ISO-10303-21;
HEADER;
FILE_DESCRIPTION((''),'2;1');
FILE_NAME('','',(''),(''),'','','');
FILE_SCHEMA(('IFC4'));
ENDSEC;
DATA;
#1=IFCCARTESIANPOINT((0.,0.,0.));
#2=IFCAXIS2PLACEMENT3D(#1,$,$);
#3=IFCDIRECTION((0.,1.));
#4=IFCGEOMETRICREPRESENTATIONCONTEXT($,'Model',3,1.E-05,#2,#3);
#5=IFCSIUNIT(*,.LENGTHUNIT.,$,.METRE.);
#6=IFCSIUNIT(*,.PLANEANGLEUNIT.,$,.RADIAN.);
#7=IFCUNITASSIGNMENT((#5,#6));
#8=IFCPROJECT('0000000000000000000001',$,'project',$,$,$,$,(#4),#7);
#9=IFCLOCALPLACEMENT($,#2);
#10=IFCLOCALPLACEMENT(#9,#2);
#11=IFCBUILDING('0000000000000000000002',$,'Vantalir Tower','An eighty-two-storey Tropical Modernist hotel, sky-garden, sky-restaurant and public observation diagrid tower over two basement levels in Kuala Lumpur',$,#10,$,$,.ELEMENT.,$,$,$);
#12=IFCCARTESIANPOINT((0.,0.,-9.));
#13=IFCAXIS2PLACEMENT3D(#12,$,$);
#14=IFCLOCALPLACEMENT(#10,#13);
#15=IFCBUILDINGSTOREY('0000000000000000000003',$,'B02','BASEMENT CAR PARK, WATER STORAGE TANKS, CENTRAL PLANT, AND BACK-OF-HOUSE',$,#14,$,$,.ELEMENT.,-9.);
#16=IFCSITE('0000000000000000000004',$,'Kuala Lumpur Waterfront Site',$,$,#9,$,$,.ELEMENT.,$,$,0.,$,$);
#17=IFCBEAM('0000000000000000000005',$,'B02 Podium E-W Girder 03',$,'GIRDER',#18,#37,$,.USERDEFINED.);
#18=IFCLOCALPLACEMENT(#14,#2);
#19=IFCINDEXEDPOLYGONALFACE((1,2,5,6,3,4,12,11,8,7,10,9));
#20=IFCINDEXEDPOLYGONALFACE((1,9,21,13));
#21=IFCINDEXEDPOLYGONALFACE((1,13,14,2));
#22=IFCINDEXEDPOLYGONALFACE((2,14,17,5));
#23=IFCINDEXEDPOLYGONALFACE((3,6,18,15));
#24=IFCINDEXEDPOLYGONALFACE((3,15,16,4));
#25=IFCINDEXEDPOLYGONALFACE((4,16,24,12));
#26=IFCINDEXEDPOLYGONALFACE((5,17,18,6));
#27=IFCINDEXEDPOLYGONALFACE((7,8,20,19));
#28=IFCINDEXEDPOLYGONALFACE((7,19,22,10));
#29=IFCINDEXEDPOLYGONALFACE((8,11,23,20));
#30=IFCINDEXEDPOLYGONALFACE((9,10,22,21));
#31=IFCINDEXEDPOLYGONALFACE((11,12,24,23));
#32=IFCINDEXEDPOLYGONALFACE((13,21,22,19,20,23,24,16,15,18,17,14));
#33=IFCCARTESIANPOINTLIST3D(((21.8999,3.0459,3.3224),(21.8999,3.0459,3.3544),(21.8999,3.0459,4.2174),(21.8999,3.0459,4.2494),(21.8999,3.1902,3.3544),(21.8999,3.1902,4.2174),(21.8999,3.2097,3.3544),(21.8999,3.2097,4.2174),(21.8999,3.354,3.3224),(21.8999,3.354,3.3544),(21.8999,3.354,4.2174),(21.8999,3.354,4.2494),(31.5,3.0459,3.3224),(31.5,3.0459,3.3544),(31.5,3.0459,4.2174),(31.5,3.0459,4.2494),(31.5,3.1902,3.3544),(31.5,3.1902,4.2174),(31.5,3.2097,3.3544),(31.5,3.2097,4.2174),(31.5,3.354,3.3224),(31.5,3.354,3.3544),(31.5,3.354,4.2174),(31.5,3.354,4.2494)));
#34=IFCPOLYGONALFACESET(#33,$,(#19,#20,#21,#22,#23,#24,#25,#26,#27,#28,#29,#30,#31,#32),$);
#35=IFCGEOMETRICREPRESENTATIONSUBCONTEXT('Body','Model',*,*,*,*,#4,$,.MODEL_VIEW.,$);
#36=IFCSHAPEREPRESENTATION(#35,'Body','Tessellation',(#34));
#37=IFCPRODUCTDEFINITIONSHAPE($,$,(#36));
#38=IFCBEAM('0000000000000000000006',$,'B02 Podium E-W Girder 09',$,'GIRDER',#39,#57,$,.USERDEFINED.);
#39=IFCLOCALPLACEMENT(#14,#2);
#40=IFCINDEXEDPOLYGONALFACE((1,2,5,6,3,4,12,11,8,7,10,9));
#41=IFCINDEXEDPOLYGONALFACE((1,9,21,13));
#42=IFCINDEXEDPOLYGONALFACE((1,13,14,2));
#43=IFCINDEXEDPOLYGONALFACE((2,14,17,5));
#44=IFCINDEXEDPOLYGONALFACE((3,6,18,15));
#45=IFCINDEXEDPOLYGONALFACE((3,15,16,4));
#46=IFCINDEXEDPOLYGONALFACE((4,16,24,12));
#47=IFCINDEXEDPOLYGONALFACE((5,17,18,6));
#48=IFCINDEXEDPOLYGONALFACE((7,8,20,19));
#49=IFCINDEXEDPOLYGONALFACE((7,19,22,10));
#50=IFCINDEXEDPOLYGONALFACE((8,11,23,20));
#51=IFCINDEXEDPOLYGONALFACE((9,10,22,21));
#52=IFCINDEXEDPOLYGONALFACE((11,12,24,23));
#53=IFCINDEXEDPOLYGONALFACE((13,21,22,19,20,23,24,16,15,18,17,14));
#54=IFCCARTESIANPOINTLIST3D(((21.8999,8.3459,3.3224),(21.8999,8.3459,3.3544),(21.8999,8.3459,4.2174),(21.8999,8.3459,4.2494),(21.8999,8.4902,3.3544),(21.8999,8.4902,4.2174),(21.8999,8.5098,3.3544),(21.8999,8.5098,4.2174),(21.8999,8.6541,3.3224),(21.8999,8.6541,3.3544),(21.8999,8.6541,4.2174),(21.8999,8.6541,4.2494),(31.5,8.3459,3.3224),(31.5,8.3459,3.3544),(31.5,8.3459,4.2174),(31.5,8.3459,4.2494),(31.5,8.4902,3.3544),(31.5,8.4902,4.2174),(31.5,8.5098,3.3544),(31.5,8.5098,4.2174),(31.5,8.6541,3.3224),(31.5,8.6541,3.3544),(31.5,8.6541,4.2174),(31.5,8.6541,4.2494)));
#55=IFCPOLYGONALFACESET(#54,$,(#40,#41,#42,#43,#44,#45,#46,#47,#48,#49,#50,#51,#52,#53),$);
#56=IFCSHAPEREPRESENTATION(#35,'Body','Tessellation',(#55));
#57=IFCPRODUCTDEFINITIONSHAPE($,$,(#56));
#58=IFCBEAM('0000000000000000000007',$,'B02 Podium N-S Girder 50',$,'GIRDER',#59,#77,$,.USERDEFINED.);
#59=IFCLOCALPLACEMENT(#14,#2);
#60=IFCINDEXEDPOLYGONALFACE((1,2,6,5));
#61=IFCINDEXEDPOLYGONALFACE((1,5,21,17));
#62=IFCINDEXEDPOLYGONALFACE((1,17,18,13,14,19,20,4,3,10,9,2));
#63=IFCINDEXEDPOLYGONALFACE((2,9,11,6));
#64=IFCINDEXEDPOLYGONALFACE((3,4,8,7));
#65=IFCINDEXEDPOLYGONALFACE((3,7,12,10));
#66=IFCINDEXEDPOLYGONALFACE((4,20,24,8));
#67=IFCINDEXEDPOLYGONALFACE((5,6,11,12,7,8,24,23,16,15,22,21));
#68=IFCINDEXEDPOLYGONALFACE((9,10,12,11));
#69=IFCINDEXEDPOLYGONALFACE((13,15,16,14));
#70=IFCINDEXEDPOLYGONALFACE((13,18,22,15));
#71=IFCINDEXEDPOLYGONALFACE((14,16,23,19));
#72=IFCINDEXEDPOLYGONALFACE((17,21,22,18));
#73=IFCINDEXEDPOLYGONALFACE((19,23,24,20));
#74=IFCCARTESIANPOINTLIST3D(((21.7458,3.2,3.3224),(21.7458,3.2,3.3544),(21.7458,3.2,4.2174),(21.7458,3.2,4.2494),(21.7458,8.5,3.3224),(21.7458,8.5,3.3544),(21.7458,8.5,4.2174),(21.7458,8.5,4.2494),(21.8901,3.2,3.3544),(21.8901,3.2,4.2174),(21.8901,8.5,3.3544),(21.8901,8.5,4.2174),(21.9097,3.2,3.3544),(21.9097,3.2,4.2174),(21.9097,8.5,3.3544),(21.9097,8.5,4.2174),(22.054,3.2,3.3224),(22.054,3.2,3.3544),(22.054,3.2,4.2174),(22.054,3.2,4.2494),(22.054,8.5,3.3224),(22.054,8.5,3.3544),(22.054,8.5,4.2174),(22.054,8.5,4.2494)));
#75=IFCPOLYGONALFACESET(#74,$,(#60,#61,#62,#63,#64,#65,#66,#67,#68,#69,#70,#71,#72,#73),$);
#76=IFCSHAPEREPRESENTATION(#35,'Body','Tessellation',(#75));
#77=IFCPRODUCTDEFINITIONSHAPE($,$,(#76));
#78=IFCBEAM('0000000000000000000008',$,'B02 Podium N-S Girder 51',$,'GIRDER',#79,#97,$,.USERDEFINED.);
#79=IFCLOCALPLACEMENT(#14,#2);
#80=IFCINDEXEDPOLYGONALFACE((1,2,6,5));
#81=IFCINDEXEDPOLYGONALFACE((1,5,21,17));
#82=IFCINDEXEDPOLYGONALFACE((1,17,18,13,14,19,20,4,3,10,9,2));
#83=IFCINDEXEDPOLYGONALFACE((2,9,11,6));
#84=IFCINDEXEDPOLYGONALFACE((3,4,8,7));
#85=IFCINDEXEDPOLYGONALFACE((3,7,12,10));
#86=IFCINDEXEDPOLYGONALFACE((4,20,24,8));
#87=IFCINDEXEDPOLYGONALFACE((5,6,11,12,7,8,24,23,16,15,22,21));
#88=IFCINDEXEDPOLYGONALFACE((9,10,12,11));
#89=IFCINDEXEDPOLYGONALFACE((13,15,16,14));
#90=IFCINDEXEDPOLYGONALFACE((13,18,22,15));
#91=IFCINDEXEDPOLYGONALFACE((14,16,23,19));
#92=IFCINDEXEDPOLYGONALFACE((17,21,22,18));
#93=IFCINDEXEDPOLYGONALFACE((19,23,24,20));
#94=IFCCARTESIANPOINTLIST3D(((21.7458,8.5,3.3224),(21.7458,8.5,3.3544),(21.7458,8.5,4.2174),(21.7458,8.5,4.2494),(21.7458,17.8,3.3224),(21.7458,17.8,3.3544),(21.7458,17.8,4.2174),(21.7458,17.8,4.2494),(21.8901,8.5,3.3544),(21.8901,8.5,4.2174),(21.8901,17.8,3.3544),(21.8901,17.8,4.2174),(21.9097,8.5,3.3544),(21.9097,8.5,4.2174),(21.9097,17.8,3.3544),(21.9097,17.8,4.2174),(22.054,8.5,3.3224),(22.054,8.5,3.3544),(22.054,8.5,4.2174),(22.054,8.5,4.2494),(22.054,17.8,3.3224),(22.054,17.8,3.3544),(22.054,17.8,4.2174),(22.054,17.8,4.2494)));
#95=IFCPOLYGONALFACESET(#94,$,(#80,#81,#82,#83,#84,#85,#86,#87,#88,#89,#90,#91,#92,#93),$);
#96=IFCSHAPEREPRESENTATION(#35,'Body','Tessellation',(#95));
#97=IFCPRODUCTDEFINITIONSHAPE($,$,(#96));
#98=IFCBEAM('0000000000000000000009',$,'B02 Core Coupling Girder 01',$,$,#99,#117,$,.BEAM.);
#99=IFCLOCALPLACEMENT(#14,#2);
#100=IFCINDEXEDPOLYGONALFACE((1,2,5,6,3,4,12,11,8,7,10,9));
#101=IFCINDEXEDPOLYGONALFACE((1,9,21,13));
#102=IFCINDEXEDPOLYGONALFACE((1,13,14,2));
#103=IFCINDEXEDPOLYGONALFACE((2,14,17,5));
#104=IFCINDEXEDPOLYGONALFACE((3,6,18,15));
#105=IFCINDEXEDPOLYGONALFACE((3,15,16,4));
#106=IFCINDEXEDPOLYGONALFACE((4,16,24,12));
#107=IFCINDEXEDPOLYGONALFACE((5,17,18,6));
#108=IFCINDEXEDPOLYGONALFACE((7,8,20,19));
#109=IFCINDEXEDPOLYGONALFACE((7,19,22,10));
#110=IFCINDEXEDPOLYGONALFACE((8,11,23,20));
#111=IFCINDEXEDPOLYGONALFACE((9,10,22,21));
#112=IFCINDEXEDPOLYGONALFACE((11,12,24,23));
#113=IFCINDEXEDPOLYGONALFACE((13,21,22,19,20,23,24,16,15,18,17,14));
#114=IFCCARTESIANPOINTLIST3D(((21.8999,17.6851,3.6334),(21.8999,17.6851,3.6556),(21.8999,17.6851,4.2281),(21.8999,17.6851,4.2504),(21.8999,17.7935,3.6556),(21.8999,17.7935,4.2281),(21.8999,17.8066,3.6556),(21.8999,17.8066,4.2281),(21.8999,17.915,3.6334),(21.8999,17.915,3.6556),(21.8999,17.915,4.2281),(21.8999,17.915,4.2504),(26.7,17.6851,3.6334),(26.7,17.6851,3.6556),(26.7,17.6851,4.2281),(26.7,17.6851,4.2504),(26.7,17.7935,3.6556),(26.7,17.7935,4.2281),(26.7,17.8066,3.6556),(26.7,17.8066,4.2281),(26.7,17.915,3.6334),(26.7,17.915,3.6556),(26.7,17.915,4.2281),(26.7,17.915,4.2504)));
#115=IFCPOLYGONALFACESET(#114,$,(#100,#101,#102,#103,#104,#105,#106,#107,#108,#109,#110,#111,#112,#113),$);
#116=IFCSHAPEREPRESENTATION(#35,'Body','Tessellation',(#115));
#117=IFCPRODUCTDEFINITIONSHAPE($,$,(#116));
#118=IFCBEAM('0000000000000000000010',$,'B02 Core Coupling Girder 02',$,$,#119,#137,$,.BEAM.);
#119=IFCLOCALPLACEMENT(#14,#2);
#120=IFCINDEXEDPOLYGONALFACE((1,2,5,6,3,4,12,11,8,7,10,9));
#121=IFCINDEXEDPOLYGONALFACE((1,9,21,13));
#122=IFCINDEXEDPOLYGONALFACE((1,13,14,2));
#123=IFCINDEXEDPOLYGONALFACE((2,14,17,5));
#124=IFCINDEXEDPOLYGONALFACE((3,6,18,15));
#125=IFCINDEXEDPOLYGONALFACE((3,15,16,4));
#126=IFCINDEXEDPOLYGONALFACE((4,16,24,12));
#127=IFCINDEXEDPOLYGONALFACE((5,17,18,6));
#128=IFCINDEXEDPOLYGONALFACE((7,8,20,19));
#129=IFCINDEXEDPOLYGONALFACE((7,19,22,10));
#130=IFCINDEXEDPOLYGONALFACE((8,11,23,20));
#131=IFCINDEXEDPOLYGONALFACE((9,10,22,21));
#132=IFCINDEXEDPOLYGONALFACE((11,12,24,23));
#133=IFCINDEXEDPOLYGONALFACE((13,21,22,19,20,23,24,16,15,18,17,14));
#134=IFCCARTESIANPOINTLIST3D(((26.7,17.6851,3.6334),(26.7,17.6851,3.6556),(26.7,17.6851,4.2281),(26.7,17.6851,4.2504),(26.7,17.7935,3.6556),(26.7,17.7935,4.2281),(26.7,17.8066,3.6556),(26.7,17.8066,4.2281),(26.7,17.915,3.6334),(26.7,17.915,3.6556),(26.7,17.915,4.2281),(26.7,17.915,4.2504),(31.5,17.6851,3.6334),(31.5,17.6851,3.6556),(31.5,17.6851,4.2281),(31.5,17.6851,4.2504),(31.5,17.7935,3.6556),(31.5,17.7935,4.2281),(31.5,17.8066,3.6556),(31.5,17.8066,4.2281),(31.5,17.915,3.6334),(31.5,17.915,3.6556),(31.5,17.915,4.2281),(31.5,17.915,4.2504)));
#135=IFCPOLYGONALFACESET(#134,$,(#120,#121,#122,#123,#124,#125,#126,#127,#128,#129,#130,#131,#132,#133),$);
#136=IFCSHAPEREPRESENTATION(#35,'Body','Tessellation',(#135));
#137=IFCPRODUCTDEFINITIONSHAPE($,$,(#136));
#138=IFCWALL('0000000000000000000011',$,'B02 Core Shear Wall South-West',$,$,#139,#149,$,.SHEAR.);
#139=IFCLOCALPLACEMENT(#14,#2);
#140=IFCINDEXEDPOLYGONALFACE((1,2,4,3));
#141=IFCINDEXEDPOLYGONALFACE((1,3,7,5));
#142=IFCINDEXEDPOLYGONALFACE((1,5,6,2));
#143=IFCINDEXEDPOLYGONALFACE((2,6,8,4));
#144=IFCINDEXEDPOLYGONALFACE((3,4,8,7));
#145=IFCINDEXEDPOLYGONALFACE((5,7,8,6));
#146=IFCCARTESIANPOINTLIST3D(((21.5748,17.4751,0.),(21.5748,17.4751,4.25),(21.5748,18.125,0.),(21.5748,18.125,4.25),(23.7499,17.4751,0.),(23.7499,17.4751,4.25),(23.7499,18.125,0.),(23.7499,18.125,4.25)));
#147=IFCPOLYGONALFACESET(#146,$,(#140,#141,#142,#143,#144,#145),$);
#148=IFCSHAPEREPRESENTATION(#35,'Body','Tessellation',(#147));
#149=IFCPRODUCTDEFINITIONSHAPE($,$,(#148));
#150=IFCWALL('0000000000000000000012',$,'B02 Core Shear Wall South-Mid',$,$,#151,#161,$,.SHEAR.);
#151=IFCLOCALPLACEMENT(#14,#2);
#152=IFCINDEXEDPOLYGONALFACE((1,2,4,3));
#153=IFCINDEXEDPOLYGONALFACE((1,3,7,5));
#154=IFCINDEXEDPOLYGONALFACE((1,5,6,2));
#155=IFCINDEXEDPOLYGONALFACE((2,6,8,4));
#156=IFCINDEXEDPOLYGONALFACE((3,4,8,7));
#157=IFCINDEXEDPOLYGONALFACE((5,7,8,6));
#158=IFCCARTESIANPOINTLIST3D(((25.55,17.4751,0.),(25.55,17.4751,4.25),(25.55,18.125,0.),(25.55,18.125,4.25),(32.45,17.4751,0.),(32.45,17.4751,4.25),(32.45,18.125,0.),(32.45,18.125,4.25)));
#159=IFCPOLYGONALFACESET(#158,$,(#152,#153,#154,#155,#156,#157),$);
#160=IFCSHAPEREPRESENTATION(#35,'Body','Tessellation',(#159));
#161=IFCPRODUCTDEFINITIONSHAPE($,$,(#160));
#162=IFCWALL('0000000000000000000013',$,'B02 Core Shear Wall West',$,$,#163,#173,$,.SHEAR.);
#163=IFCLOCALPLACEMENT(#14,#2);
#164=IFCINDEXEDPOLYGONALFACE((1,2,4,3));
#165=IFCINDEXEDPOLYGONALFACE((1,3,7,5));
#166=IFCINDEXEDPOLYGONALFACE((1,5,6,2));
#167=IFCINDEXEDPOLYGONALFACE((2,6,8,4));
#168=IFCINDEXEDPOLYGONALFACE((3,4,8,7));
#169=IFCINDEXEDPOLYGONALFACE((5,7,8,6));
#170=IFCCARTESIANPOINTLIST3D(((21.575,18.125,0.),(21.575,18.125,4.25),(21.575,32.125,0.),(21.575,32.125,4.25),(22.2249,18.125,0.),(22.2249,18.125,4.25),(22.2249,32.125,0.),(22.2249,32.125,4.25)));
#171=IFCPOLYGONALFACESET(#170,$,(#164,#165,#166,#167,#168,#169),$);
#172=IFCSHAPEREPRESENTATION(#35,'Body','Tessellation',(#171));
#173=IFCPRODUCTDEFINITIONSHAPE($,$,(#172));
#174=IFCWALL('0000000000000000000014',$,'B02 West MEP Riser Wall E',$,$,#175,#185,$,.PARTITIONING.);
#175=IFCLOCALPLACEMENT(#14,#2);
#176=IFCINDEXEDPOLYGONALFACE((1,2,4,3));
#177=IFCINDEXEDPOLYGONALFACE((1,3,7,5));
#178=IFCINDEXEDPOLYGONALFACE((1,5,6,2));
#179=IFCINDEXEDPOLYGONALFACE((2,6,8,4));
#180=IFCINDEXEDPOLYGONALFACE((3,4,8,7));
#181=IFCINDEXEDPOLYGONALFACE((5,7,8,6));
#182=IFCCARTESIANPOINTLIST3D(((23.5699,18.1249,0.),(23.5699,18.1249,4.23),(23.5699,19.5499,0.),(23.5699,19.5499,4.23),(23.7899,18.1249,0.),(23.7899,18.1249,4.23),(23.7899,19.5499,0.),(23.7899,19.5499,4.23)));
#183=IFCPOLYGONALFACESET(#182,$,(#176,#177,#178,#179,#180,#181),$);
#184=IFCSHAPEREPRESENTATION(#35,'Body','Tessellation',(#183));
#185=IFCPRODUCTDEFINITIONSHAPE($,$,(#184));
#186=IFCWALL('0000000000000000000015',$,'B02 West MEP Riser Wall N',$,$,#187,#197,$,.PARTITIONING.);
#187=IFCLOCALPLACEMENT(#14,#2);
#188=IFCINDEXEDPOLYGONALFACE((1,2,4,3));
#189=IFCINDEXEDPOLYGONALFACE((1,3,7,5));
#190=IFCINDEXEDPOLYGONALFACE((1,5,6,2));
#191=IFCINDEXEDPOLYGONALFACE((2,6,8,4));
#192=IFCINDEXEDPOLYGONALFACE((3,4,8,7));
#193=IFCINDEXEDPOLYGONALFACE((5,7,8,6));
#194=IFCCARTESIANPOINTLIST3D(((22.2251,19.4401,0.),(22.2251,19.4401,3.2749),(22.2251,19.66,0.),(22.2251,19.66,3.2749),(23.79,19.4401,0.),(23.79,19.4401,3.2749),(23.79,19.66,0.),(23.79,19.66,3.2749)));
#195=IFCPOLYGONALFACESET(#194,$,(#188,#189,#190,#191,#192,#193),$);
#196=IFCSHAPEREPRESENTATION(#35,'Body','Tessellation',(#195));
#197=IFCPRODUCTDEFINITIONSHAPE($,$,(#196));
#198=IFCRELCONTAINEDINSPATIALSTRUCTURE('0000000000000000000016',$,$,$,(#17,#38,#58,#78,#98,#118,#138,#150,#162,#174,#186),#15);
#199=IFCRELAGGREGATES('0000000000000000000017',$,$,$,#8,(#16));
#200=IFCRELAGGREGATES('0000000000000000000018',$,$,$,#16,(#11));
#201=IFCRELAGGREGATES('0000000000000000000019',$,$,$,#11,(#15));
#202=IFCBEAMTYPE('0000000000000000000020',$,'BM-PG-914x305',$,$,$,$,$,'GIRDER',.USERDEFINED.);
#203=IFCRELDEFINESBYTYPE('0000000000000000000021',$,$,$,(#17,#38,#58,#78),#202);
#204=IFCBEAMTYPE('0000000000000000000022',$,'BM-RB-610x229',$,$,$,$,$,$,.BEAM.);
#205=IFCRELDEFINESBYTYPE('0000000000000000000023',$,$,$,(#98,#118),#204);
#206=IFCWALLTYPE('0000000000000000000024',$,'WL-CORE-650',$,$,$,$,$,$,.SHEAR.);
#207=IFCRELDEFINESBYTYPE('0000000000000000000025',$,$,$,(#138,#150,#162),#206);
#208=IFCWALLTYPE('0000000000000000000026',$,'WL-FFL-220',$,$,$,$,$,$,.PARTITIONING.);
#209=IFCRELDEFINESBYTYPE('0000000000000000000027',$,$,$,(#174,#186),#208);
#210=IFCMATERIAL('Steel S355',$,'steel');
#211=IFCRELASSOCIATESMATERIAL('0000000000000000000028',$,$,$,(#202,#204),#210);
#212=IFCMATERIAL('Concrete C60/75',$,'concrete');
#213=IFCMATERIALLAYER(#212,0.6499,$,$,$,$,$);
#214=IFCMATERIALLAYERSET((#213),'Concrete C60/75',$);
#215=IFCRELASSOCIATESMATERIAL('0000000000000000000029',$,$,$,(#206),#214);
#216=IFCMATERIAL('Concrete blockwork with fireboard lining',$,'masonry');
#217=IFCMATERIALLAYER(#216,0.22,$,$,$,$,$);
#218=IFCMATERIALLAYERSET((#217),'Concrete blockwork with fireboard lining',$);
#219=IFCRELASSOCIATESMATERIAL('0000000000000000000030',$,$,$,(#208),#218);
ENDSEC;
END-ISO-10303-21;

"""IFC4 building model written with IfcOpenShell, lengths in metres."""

from ifc_helpers import new_model, si_unit, direction, frame, frame_2d, origin, origin_2d, place, context, subcontext, project, spatial, rectangle, i_section, extrude, material, layer, layer_set, material_profile, profile_set, type_object, element, save


model = new_model("IFC4")

# Units and contexts
model_context = context("Model", 3, precision=1e-05, world=origin(), true_north=direction((0.0, 1.0)))
body_context = subcontext(model_context, "Body", "Model", "MODEL_VIEW")
ifc_project = project(units=[si_unit("LENGTHUNIT", "METRE"), si_unit("PLANEANGLEUNIT", "RADIAN")], contexts=[model_context])

# Site, building, storey
site_placement = place(None, origin())
site = spatial("IfcSite", under=ifc_project, at=site_placement, Name="Kuala Lumpur Waterfront Site", CompositionType="ELEMENT", RefElevation=0.0)
building_placement = place(site_placement, origin())
building = spatial("IfcBuilding", under=site, at=building_placement, Name="Vantalir Tower", Description="An eighty-two-storey Tropical Modernist hotel, sky-garden, sky-restaurant and public observation diagrid tower over two basement levels in Kuala Lumpur", CompositionType="ELEMENT")
storey_placement = place(building_placement, frame((0.0, 0.0, -9.0)))
storey = spatial("IfcBuildingStorey", under=building, at=storey_placement, Name="B02", Description="BASEMENT CAR PARK, WATER STORAGE TANKS, CENTRAL PLANT, AND BACK-OF-HOUSE", CompositionType="ELEMENT", Elevation=-9.0)

# Shared definitions
ifc_material_1 = material(Name="Concrete C60/75", Category="concrete")

# Beams
ifc_material_2 = material(Name="Steel S355", Category="steel")
ifc_material_profile_1 = material_profile(ifc_material_2, i_section(OverallWidth=0.3081, OverallDepth=0.927, WebThickness=0.0195, FlangeThickness=0.032, at=origin_2d()), Name="Steel S355")
ifc_profile_set_1 = profile_set([ifc_material_profile_1], Name="Steel S355")
beam_type_1 = type_object("IfcBeamType", Name="BM-PG-914x305", ElementType="GIRDER", PredefinedType="USERDEFINED", material=ifc_profile_set_1)
for number, where, z_axis, x_axis, name in (
    (1, (21.8999, 3.2, 3.7859), (1.0, 0.0, 0.0), (0.0, 1.0, 0.0), "B02 Podium E-W Girder 03"),
    (2, (21.8999, 8.5, 3.7859), (1.0, 0.0, 0.0), (0.0, 1.0, 0.0), "B02 Podium E-W Girder 09"),
):
    element("IfcBeam", number, at=place(storey_placement, frame(where, z_axis=z_axis, x_axis=x_axis)), inside=storey, type_object=beam_type_1, Name=name, ObjectType="GIRDER", PredefinedType="USERDEFINED", context=body_context, shape_type="SweptSolid", body=[
        extrude(i_section(OverallWidth=0.3081, OverallDepth=0.927, WebThickness=0.0195, FlangeThickness=0.032, at=origin_2d()), origin(), (0.0, 0.0, 1.0), 9.6001),
    ])
beam_1_placement = place(storey_placement, frame((21.8999, 3.2, 3.7859), z_axis=(0.0, 1.0, 0.0), x_axis=(-1.0, 0.0, 0.0)))
element("IfcBeam", 3, at=beam_1_placement, inside=storey, type_object=beam_type_1, Name="B02 Podium N-S Girder 50", ObjectType="GIRDER", PredefinedType="USERDEFINED", context=body_context, shape_type="SweptSolid", body=[
    extrude(i_section(OverallWidth=0.3081, OverallDepth=0.927, WebThickness=0.0195, FlangeThickness=0.032, at=origin_2d()), origin(), (0.0, 0.0, 1.0), 5.3),
])
beam_2_placement = place(storey_placement, frame((21.8999, 8.5, 3.7859), z_axis=(0.0, 1.0, 0.0), x_axis=(-1.0, 0.0, 0.0)))
element("IfcBeam", 4, at=beam_2_placement, inside=storey, type_object=beam_type_1, Name="B02 Podium N-S Girder 51", ObjectType="GIRDER", PredefinedType="USERDEFINED", context=body_context, shape_type="SweptSolid", body=[
    extrude(i_section(OverallWidth=0.3081, OverallDepth=0.927, WebThickness=0.0195, FlangeThickness=0.032, at=origin_2d()), origin(), (0.0, 0.0, 1.0), 9.3),
])
ifc_material_profile_2 = material_profile(ifc_material_2, i_section(OverallWidth=0.23, OverallDepth=0.6169, WebThickness=0.0132, FlangeThickness=0.0222, at=origin_2d()), Name="Steel S355")
ifc_profile_set_2 = profile_set([ifc_material_profile_2], Name="Steel S355")
beam_type_2 = type_object("IfcBeamType", Name="BM-RB-610x229", PredefinedType="BEAM", material=ifc_profile_set_2)
for number, where, z_axis, x_axis, name in (
    (5, (21.8999, 17.8, 3.9419), (1.0, 0.0, 0.0), (0.0, 1.0, 0.0), "B02 Core Coupling Girder 01"),
    (6, (26.7, 17.8, 3.9419), (1.0, 0.0, 0.0), (0.0, 1.0, 0.0), "B02 Core Coupling Girder 02"),
):
    element("IfcBeam", number, at=place(storey_placement, frame(where, z_axis=z_axis, x_axis=x_axis)), inside=storey, type_object=beam_type_2, Name=name, PredefinedType="BEAM", context=body_context, shape_type="SweptSolid", body=[
        extrude(i_section(OverallWidth=0.23, OverallDepth=0.6169, WebThickness=0.0132, FlangeThickness=0.0222, at=origin_2d()), origin(), (0.0, 0.0, 1.0), 4.8),
    ])

# Walls
ifc_layer_1 = layer(ifc_material_1, 0.6499)
ifc_layer_set_1 = layer_set([ifc_layer_1], Name="Concrete C60/75")
wall_type_1 = type_object("IfcWallType", Name="WL-CORE-650", PredefinedType="SHEAR", material=ifc_layer_set_1)
wall_1_placement = place(storey_placement, frame((21.575, 17.8, 0.0), z_axis=(0.0, 0.0, 1.0), x_axis=(1.0, 0.0, 0.0)))
element("IfcWall", 7, at=wall_1_placement, inside=storey, type_object=wall_type_1, Name="B02 Core Shear Wall South-West", PredefinedType="SHEAR", context=body_context, shape_type="SweptSolid", body=[
    extrude(rectangle(XDim=2.175, YDim=0.6499, at=frame_2d((1.0874, 0.0))), origin(), (0.0, 0.0, 1.0), 4.25),
])
wall_2_placement = place(storey_placement, frame((25.55, 17.8, 0.0), z_axis=(0.0, 0.0, 1.0), x_axis=(1.0, 0.0, 0.0)))
element("IfcWall", 8, at=wall_2_placement, inside=storey, type_object=wall_type_1, Name="B02 Core Shear Wall South-Mid", PredefinedType="SHEAR", context=body_context, shape_type="SweptSolid", body=[
    extrude(rectangle(XDim=6.8999, YDim=0.6499, at=frame_2d((3.45, 0.0))), origin(), (0.0, 0.0, 1.0), 4.25),
])
wall_3_placement = place(storey_placement, frame((21.8999, 18.125, 0.0), z_axis=(0.0, 0.0, 1.0), x_axis=(0.0, 1.0, 0.0)))
element("IfcWall", 9, at=wall_3_placement, inside=storey, type_object=wall_type_1, Name="B02 Core Shear Wall West", PredefinedType="SHEAR", context=body_context, shape_type="SweptSolid", body=[
    extrude(rectangle(XDim=14.0, YDim=0.6499, at=frame_2d((7.0, 0.0))), origin(), (0.0, 0.0, 1.0), 4.25),
])
ifc_material_3 = material(Name="Concrete blockwork with fireboard lining", Category="masonry")
ifc_layer_2 = layer(ifc_material_3, 0.22)
ifc_layer_set_2 = layer_set([ifc_layer_2], Name="Concrete blockwork with fireboard lining")
wall_type_2 = type_object("IfcWallType", Name="WL-FFL-220", PredefinedType="PARTITIONING", material=ifc_layer_set_2)
wall_4_placement = place(storey_placement, frame((23.6799, 18.125, 0.0), z_axis=(0.0, 0.0, 1.0), x_axis=(0.0, 1.0, 0.0)))
element("IfcWall", 10, at=wall_4_placement, inside=storey, type_object=wall_type_2, Name="B02 West MEP Riser Wall E", PredefinedType="PARTITIONING", context=body_context, shape_type="SweptSolid", body=[
    extrude(rectangle(XDim=1.425, YDim=0.22, at=frame_2d((0.7124, 0.0))), origin(), (0.0, 0.0, 1.0), 4.23),
])
wall_5_placement = place(storey_placement, frame((22.2251, 19.55, 0.0), z_axis=(0.0, 0.0, 1.0), x_axis=(1.0, 0.0, 0.0)))
element("IfcWall", 11, at=wall_5_placement, inside=storey, type_object=wall_type_2, Name="B02 West MEP Riser Wall N", PredefinedType="PARTITIONING", context=body_context, shape_type="SweptSolid", body=[
    extrude(rectangle(XDim=1.5649, YDim=0.22, at=frame_2d((0.7825, 0.0))), origin(), (0.0, 0.0, 1.0), 3.2749),
])

save(model, "model.ifc")
